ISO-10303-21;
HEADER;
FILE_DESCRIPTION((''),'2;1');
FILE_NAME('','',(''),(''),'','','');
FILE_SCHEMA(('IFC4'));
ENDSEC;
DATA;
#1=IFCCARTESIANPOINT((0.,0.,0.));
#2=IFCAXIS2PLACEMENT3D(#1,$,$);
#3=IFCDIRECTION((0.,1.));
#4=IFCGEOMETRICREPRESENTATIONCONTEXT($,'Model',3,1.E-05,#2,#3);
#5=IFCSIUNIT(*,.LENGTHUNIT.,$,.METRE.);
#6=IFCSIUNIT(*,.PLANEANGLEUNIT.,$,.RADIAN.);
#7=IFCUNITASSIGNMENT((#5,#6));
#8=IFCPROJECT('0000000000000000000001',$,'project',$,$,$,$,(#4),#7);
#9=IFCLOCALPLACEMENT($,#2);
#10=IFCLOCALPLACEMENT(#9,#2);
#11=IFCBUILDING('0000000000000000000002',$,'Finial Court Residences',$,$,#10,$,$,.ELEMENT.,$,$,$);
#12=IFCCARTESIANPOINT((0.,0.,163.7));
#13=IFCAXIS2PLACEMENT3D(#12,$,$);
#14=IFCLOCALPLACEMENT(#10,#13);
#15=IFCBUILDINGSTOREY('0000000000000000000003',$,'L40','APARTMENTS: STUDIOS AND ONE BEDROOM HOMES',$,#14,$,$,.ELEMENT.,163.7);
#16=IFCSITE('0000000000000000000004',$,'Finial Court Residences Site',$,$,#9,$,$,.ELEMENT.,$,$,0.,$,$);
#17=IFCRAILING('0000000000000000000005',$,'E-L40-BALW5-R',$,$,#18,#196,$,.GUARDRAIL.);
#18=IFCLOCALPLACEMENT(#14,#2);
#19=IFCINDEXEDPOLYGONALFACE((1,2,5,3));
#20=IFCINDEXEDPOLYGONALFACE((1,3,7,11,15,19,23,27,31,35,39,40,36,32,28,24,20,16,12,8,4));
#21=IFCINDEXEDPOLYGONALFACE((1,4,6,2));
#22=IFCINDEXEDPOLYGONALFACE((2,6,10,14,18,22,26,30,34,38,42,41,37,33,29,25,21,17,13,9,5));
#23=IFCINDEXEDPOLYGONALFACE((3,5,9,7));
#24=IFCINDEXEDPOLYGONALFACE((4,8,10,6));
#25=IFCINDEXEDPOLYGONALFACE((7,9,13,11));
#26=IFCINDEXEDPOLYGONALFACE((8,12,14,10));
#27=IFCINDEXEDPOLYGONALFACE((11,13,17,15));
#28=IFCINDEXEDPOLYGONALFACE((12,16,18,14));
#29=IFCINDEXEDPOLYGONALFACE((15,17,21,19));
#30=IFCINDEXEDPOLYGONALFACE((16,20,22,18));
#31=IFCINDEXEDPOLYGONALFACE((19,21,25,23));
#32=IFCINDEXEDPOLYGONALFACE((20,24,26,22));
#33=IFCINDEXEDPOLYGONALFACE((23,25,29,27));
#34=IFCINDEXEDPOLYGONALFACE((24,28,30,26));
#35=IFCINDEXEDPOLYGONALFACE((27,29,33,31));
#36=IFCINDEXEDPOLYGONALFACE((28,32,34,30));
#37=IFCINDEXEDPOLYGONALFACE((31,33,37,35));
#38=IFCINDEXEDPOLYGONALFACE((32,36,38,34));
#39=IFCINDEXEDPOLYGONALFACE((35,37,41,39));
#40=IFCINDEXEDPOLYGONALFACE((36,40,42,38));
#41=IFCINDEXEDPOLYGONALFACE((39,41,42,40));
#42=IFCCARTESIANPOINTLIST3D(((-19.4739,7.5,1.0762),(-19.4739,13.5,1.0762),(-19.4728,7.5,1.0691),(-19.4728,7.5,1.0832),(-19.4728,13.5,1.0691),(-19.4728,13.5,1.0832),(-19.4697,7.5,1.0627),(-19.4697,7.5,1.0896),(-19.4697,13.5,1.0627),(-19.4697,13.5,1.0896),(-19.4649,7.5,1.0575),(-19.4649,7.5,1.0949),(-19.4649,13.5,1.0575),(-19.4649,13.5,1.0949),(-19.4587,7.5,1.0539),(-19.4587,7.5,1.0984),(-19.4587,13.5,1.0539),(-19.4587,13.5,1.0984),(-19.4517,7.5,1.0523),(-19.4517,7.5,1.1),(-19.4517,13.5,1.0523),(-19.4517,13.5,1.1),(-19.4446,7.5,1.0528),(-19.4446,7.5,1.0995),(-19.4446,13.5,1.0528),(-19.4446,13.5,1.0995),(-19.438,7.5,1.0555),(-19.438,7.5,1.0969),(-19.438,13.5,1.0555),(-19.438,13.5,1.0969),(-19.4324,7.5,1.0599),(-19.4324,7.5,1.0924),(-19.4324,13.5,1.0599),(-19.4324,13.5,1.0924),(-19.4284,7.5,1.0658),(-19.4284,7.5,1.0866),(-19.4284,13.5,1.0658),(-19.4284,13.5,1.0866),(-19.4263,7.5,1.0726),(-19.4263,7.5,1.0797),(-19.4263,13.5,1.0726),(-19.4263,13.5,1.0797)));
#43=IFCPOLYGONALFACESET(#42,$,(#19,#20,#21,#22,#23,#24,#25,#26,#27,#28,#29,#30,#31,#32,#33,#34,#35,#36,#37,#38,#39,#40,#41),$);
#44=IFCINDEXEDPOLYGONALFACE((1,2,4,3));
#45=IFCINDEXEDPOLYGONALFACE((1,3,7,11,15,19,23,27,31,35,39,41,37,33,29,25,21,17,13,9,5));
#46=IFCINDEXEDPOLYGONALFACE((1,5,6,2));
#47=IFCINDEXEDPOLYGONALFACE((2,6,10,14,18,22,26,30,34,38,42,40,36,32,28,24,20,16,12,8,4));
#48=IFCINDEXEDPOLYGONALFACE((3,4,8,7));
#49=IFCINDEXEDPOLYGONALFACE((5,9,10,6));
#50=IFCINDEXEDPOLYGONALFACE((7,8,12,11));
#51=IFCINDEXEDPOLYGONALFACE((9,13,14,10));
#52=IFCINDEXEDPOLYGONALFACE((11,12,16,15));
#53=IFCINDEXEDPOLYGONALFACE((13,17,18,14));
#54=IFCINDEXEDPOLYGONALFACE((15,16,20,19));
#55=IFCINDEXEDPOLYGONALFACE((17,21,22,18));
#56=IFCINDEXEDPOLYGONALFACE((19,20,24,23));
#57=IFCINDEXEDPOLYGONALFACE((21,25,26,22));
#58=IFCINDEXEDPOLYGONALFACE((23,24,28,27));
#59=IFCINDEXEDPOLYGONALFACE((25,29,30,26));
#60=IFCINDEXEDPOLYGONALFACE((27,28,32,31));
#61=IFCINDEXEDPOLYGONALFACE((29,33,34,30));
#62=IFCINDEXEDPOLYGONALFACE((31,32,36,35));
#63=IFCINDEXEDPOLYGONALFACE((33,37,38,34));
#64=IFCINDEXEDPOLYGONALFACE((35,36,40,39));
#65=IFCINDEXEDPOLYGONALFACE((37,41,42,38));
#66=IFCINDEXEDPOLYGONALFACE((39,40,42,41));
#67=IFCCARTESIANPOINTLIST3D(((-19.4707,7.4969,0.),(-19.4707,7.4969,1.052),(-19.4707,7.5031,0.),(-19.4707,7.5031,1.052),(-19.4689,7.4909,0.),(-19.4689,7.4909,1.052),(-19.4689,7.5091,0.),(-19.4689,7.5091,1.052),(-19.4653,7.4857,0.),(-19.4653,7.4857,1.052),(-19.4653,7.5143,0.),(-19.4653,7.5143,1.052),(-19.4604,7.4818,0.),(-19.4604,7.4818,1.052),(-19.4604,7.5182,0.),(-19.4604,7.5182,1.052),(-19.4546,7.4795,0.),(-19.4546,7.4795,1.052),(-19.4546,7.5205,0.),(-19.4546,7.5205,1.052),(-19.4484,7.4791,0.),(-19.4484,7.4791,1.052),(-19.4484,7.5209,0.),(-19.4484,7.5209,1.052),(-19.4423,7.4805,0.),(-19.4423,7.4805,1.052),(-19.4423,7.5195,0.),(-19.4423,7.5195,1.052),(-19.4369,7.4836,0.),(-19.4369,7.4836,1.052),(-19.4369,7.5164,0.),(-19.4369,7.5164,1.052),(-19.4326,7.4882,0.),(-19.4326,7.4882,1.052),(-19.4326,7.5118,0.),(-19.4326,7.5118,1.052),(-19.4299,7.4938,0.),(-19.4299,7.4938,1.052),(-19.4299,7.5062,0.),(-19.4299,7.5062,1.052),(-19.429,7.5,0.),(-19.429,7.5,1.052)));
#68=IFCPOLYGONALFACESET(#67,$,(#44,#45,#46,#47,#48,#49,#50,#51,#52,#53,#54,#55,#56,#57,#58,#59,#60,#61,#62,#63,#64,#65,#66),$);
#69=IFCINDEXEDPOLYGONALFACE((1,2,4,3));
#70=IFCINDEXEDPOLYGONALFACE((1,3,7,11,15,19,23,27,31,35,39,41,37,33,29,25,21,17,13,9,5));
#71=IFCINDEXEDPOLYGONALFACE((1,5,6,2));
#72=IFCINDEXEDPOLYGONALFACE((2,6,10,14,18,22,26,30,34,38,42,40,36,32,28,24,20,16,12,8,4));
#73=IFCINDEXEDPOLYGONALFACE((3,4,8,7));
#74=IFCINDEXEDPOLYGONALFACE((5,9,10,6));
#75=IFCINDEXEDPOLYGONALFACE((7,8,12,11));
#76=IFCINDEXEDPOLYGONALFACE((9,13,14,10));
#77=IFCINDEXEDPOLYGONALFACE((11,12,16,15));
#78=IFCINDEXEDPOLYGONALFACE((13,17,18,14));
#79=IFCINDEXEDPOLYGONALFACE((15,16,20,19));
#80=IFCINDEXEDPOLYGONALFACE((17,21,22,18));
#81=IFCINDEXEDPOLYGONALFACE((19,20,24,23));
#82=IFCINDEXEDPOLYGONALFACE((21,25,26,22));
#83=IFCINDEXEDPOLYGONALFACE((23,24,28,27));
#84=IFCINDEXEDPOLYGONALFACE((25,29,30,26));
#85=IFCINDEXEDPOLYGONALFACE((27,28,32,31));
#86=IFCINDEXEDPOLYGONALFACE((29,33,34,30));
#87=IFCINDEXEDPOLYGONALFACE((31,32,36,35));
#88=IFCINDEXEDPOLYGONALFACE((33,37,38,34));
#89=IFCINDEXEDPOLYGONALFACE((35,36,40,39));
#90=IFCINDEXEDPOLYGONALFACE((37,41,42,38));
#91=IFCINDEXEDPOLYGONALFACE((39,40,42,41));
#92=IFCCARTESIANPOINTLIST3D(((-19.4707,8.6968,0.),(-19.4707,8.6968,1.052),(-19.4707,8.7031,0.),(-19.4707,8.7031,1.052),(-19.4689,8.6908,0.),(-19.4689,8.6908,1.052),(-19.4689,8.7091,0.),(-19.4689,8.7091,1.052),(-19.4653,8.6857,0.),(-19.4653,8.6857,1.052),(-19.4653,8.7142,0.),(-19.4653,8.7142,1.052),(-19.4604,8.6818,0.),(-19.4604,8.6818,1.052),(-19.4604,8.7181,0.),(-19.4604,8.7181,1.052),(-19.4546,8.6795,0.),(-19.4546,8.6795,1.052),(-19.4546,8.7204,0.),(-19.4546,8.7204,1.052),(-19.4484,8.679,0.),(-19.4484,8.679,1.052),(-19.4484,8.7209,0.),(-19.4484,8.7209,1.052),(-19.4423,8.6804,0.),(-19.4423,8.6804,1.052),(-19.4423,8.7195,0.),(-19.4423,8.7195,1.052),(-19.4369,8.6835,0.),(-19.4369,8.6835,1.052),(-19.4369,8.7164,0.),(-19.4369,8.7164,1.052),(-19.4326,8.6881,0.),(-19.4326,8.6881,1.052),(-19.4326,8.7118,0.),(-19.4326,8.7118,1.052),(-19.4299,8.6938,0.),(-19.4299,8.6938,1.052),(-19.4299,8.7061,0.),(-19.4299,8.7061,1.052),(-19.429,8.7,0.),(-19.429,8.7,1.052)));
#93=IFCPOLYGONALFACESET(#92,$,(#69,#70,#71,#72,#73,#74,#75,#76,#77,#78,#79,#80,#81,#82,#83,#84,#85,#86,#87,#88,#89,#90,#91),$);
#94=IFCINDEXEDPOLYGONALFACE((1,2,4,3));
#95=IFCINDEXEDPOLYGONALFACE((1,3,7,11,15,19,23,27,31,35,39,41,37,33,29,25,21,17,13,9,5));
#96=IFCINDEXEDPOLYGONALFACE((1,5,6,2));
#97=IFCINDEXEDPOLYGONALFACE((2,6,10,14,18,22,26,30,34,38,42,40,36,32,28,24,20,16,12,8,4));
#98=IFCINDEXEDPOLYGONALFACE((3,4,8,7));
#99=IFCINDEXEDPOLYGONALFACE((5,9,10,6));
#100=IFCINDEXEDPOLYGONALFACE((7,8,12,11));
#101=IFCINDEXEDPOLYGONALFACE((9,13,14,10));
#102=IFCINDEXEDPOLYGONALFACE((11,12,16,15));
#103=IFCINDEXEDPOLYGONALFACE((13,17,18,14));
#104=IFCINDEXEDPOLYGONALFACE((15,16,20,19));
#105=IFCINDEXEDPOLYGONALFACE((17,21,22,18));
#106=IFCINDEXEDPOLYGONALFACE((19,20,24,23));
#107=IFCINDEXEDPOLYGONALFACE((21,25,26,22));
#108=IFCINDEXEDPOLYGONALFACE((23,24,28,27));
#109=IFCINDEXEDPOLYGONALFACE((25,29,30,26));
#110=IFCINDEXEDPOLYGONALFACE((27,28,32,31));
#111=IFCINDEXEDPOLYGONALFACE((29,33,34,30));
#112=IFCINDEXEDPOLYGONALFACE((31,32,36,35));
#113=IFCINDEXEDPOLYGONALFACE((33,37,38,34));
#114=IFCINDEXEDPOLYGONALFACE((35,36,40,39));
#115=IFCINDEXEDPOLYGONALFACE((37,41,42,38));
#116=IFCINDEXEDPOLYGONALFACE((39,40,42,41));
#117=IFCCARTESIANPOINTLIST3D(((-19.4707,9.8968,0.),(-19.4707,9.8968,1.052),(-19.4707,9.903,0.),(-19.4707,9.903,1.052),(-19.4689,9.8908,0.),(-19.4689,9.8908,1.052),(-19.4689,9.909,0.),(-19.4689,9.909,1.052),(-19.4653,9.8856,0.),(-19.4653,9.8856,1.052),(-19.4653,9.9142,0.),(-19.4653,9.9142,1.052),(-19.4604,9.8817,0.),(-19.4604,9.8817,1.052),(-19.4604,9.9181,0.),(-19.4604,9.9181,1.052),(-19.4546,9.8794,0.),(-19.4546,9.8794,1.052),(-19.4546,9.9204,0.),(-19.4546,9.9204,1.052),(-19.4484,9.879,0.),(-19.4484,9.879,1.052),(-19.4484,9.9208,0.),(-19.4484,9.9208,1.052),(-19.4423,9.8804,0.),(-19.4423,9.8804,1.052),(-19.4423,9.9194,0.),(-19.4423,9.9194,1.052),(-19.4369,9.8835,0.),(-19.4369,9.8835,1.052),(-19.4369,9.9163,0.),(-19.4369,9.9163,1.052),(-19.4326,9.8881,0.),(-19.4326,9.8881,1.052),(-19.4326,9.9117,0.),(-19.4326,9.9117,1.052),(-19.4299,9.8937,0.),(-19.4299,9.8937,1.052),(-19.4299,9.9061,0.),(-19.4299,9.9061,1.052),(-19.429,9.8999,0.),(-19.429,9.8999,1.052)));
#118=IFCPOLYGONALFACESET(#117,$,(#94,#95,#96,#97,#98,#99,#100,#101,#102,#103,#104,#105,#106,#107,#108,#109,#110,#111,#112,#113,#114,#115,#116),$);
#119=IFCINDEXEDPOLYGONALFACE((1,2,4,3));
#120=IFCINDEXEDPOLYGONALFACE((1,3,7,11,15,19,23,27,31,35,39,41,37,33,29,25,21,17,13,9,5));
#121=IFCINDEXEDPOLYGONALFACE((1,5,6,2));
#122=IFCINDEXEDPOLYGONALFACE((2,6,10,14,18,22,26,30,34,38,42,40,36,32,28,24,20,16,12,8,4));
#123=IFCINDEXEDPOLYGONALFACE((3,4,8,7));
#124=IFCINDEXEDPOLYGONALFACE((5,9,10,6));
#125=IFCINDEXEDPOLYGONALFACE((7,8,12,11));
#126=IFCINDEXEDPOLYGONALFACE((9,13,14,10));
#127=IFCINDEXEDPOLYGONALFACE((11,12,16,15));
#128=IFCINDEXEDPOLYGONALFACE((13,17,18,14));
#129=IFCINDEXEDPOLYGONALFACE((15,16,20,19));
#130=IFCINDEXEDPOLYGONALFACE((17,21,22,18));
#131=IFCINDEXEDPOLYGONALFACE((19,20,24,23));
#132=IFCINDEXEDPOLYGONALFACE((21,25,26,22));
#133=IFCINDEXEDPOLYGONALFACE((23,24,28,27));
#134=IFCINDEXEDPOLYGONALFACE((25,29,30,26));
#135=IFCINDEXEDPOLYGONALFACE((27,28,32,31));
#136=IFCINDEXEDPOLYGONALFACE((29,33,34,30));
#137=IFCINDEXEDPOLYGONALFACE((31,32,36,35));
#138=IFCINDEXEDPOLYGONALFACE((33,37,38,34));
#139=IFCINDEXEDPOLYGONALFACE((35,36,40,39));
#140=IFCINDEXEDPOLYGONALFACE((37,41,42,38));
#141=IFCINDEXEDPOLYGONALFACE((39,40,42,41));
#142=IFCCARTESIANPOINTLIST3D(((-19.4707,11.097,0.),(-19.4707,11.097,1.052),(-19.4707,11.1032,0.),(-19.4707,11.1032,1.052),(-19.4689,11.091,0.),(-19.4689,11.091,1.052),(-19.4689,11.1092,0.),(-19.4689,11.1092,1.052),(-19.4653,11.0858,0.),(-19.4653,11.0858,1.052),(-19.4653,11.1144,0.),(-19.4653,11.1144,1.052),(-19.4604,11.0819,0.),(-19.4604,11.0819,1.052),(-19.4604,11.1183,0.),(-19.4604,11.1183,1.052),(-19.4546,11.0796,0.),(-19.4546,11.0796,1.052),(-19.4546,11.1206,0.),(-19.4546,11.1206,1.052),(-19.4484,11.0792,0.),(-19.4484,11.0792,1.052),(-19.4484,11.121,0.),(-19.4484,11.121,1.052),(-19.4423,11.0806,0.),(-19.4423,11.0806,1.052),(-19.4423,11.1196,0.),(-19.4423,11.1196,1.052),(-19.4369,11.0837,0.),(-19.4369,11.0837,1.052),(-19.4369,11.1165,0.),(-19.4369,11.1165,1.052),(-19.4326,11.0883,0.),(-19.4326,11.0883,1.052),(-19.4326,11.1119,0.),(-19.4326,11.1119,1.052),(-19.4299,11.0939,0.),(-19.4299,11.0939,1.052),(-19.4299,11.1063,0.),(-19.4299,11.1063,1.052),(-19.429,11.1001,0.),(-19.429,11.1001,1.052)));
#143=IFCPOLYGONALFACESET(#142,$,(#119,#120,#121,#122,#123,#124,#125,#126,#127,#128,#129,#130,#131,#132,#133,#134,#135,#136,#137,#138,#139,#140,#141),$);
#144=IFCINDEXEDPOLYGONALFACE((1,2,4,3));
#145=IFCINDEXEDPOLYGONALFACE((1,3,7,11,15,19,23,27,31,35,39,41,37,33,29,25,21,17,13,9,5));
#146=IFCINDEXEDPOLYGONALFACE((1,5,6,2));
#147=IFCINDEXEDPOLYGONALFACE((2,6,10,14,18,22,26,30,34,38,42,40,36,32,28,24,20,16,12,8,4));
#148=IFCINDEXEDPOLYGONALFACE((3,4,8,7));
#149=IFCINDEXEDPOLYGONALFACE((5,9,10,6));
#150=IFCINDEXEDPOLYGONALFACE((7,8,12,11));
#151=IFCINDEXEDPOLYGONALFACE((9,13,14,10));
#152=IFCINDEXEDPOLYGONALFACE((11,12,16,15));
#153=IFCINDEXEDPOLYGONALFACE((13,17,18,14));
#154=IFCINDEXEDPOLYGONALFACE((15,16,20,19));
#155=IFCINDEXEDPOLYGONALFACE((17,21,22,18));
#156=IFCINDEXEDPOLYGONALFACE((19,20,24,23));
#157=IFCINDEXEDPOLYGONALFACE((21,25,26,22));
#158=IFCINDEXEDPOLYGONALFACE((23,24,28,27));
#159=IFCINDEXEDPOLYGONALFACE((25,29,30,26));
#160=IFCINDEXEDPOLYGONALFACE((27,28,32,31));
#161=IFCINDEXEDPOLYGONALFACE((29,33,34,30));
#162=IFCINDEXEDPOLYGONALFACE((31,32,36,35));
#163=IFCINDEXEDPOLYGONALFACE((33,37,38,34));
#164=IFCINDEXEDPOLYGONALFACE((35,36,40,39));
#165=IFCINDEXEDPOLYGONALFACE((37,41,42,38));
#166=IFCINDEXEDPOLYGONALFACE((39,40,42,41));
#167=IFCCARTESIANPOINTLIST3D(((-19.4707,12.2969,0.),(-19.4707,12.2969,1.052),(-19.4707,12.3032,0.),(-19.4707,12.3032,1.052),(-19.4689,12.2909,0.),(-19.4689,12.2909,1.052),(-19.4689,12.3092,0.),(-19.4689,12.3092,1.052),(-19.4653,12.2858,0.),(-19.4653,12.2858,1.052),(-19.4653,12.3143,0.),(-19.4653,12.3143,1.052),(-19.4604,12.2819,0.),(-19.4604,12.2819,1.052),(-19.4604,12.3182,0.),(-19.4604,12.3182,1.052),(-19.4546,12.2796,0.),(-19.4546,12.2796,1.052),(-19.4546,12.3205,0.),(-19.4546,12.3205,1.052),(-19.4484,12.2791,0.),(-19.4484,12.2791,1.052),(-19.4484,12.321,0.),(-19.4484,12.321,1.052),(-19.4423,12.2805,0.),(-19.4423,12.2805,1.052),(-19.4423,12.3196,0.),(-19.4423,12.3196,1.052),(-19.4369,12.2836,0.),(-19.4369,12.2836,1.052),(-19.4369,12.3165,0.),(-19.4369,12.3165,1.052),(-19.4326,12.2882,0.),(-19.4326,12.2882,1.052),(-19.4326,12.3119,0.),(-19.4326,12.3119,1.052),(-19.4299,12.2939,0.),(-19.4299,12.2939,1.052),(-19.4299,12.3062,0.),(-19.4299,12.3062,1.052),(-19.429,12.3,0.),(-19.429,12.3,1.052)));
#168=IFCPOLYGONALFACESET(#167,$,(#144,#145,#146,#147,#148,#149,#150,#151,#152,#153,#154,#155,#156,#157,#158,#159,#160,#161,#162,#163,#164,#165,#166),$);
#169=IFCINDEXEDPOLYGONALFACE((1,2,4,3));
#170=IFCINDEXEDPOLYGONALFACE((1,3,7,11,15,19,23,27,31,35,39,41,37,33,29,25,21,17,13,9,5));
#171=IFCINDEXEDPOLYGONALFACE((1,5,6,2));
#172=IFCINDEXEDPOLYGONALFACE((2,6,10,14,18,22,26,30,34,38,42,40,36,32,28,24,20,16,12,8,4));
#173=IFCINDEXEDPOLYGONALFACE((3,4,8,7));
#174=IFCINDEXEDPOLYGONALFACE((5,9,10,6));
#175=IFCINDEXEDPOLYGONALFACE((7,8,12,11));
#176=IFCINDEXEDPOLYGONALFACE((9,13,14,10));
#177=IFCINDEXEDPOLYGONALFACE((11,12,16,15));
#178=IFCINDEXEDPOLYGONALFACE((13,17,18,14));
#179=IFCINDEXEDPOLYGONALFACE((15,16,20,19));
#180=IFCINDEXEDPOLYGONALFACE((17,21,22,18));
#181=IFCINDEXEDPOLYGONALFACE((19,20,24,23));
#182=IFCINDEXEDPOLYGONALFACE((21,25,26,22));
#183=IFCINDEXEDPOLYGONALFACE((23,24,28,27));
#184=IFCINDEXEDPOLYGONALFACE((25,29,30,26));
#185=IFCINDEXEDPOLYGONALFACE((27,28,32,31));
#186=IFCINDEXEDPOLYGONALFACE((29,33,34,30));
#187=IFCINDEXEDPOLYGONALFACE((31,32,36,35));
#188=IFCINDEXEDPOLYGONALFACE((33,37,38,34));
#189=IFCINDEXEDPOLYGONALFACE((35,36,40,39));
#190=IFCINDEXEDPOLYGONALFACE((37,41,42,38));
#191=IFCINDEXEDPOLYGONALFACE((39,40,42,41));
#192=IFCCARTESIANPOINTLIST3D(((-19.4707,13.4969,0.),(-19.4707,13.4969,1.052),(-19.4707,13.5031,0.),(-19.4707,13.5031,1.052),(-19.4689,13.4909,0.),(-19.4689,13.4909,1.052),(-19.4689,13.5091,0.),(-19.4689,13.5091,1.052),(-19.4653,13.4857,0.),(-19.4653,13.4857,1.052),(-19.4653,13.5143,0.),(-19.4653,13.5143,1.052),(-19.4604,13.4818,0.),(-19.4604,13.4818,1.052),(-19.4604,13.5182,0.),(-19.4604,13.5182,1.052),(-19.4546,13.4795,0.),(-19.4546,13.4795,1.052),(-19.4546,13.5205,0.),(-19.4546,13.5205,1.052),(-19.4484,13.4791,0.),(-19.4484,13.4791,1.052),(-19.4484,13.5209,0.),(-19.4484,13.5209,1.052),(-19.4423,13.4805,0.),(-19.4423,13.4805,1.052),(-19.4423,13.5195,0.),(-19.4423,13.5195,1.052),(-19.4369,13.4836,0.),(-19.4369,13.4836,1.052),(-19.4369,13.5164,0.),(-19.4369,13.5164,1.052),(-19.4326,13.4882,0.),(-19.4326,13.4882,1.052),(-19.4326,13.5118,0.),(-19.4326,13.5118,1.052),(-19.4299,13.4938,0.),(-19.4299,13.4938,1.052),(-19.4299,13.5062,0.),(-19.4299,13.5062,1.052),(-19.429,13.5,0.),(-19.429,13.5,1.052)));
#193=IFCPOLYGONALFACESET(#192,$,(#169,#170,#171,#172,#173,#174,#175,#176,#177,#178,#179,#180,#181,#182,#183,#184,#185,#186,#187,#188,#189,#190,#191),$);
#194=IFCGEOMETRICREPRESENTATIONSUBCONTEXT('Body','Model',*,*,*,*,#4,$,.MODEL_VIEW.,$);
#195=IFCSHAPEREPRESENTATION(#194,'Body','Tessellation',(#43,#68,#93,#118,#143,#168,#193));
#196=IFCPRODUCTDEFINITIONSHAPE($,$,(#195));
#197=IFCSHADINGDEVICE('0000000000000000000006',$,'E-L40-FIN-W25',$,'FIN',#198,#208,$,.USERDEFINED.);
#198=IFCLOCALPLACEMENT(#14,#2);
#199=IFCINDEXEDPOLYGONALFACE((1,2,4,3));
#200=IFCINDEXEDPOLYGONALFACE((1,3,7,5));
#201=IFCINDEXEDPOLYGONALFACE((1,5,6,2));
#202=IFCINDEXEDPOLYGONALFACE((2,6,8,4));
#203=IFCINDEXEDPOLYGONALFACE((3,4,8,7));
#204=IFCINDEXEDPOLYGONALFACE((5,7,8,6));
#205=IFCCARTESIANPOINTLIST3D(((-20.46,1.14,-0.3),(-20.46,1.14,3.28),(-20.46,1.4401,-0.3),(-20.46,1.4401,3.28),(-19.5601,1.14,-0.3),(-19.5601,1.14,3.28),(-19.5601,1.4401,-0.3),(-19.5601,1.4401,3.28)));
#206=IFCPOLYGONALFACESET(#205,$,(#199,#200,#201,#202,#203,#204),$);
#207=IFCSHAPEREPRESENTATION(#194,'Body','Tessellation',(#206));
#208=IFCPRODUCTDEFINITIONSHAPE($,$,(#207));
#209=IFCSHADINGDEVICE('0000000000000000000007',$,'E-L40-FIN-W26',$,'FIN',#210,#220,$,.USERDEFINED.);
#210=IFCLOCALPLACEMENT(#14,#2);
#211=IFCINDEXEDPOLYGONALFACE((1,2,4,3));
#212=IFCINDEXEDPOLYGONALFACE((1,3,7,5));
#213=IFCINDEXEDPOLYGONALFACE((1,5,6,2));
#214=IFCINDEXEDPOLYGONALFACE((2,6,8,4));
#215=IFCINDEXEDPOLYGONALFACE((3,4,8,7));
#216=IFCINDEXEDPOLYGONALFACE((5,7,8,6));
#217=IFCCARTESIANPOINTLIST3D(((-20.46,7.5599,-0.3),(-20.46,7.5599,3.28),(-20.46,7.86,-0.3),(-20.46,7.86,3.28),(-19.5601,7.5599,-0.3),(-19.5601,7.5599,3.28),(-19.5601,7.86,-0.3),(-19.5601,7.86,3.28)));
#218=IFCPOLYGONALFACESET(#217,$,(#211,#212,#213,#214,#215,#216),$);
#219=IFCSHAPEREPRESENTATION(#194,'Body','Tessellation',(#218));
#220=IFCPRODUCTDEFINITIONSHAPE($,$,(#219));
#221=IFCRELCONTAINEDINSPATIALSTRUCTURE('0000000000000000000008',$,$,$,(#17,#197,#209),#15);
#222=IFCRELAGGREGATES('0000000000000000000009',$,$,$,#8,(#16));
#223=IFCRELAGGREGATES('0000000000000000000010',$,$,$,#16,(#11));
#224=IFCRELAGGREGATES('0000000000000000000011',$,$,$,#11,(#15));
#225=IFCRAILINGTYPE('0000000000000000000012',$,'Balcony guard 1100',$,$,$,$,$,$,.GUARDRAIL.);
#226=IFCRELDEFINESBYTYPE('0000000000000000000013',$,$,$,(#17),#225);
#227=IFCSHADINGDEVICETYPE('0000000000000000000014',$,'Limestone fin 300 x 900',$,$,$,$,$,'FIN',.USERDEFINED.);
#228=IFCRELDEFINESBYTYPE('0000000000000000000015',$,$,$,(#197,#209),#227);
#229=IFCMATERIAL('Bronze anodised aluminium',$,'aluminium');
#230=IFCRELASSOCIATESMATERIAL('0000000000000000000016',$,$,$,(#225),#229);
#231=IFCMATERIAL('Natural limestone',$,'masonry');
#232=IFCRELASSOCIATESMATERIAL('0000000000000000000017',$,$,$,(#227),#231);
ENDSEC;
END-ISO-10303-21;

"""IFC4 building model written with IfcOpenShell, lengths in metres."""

from ifc_helpers import new_model, si_unit, direction, frame, origin, origin_2d, place, context, subcontext, project, spatial, rectangle, circle, extrude, material, type_object, element, save


model = new_model("IFC4")

# Units and contexts
model_context = context("Model", 3, precision=1e-05, world=origin(), true_north=direction((0.0, 1.0)))
body_context = subcontext(model_context, "Body", "Model", "MODEL_VIEW")
ifc_project = project(units=[si_unit("LENGTHUNIT", "METRE"), si_unit("PLANEANGLEUNIT", "RADIAN")], contexts=[model_context])

# Site, building, storey
site_placement = place(None, origin())
site = spatial("IfcSite", under=ifc_project, at=site_placement, Name="Finial Court Residences Site", CompositionType="ELEMENT", RefElevation=0.0)
building_placement = place(site_placement, origin())
building = spatial("IfcBuilding", under=site, at=building_placement, Name="Finial Court Residences", CompositionType="ELEMENT")
storey_placement = place(building_placement, frame((0.0, 0.0, 163.7)))
storey = spatial("IfcBuildingStorey", under=building, at=storey_placement, Name="L40", Description="APARTMENTS: STUDIOS AND ONE BEDROOM HOMES", CompositionType="ELEMENT", Elevation=163.7)

# Shared definitions
ifc_material_1 = material(Name="Bronze anodised aluminium", Category="aluminium")

# Shared definitions
ifc_material_2 = material(Name="Natural limestone", Category="masonry")

# Railing
railing_type = type_object("IfcRailingType", Name="Balcony guard 1100", PredefinedType="GUARDRAIL", material=ifc_material_1)
railing_placement = place(storey_placement, frame((-19.45, 7.5, 0.0)))
element("IfcRailing", 1, at=railing_placement, inside=storey, type_object=railing_type, Name="E-L40-BALW5-R", PredefinedType="GUARDRAIL", context=body_context, shape_type="SweptSolid", body=[
    extrude(circle(Radius=0.0239, at=origin_2d()), frame((0.0, 0.0, 1.0762), z_axis=(0.0, 1.0, 0.0), x_axis=(-1.0, 0.0, 0.0)), (0.0, 0.0, 1.0), 6.0),
    extrude(circle(Radius=0.021, at=origin_2d()), origin(), (0.0, 0.0, 1.0), 1.052),
    extrude(circle(Radius=0.021, at=origin_2d()), frame((0.0, 1.2, 0.0)), (0.0, 0.0, 1.0), 1.052),
    extrude(circle(Radius=0.021, at=origin_2d()), frame((0.0, 2.3999, 0.0)), (0.0, 0.0, 1.0), 1.052),
    extrude(circle(Radius=0.021, at=origin_2d()), frame((0.0, 3.6001, 0.0)), (0.0, 0.0, 1.0), 1.052),
    extrude(circle(Radius=0.021, at=origin_2d()), frame((0.0, 4.8, 0.0)), (0.0, 0.0, 1.0), 1.052),
    extrude(circle(Radius=0.021, at=origin_2d()), frame((0.0, 6.0, 0.0)), (0.0, 0.0, 1.0), 1.052),
])

# Shading devices
shading_device_type = type_object("IfcShadingDeviceType", Name="Limestone fin 300 x 900", ElementType="FIN", PredefinedType="USERDEFINED", material=ifc_material_2)
for number, where, z_axis, x_axis, name in (
    (2, (-20.01, 1.29, -0.3), (0.0, 0.0, 1.0), (1.0, 0.0, 0.0), "E-L40-FIN-W25"),
    (3, (-20.01, 7.71, -0.3), (0.0, 0.0, 1.0), (1.0, 0.0, 0.0), "E-L40-FIN-W26"),
):
    element("IfcShadingDevice", number, at=place(storey_placement, frame(where, z_axis=z_axis, x_axis=x_axis)), inside=storey, type_object=shading_device_type, Name=name, ObjectType="FIN", PredefinedType="USERDEFINED", context=body_context, shape_type="SweptSolid", body=[
        extrude(rectangle(XDim=0.8999, YDim=0.3, at=origin_2d()), origin(), (0.0, 0.0, 1.0), 3.5801),
    ])

save(model, "model.ifc")
